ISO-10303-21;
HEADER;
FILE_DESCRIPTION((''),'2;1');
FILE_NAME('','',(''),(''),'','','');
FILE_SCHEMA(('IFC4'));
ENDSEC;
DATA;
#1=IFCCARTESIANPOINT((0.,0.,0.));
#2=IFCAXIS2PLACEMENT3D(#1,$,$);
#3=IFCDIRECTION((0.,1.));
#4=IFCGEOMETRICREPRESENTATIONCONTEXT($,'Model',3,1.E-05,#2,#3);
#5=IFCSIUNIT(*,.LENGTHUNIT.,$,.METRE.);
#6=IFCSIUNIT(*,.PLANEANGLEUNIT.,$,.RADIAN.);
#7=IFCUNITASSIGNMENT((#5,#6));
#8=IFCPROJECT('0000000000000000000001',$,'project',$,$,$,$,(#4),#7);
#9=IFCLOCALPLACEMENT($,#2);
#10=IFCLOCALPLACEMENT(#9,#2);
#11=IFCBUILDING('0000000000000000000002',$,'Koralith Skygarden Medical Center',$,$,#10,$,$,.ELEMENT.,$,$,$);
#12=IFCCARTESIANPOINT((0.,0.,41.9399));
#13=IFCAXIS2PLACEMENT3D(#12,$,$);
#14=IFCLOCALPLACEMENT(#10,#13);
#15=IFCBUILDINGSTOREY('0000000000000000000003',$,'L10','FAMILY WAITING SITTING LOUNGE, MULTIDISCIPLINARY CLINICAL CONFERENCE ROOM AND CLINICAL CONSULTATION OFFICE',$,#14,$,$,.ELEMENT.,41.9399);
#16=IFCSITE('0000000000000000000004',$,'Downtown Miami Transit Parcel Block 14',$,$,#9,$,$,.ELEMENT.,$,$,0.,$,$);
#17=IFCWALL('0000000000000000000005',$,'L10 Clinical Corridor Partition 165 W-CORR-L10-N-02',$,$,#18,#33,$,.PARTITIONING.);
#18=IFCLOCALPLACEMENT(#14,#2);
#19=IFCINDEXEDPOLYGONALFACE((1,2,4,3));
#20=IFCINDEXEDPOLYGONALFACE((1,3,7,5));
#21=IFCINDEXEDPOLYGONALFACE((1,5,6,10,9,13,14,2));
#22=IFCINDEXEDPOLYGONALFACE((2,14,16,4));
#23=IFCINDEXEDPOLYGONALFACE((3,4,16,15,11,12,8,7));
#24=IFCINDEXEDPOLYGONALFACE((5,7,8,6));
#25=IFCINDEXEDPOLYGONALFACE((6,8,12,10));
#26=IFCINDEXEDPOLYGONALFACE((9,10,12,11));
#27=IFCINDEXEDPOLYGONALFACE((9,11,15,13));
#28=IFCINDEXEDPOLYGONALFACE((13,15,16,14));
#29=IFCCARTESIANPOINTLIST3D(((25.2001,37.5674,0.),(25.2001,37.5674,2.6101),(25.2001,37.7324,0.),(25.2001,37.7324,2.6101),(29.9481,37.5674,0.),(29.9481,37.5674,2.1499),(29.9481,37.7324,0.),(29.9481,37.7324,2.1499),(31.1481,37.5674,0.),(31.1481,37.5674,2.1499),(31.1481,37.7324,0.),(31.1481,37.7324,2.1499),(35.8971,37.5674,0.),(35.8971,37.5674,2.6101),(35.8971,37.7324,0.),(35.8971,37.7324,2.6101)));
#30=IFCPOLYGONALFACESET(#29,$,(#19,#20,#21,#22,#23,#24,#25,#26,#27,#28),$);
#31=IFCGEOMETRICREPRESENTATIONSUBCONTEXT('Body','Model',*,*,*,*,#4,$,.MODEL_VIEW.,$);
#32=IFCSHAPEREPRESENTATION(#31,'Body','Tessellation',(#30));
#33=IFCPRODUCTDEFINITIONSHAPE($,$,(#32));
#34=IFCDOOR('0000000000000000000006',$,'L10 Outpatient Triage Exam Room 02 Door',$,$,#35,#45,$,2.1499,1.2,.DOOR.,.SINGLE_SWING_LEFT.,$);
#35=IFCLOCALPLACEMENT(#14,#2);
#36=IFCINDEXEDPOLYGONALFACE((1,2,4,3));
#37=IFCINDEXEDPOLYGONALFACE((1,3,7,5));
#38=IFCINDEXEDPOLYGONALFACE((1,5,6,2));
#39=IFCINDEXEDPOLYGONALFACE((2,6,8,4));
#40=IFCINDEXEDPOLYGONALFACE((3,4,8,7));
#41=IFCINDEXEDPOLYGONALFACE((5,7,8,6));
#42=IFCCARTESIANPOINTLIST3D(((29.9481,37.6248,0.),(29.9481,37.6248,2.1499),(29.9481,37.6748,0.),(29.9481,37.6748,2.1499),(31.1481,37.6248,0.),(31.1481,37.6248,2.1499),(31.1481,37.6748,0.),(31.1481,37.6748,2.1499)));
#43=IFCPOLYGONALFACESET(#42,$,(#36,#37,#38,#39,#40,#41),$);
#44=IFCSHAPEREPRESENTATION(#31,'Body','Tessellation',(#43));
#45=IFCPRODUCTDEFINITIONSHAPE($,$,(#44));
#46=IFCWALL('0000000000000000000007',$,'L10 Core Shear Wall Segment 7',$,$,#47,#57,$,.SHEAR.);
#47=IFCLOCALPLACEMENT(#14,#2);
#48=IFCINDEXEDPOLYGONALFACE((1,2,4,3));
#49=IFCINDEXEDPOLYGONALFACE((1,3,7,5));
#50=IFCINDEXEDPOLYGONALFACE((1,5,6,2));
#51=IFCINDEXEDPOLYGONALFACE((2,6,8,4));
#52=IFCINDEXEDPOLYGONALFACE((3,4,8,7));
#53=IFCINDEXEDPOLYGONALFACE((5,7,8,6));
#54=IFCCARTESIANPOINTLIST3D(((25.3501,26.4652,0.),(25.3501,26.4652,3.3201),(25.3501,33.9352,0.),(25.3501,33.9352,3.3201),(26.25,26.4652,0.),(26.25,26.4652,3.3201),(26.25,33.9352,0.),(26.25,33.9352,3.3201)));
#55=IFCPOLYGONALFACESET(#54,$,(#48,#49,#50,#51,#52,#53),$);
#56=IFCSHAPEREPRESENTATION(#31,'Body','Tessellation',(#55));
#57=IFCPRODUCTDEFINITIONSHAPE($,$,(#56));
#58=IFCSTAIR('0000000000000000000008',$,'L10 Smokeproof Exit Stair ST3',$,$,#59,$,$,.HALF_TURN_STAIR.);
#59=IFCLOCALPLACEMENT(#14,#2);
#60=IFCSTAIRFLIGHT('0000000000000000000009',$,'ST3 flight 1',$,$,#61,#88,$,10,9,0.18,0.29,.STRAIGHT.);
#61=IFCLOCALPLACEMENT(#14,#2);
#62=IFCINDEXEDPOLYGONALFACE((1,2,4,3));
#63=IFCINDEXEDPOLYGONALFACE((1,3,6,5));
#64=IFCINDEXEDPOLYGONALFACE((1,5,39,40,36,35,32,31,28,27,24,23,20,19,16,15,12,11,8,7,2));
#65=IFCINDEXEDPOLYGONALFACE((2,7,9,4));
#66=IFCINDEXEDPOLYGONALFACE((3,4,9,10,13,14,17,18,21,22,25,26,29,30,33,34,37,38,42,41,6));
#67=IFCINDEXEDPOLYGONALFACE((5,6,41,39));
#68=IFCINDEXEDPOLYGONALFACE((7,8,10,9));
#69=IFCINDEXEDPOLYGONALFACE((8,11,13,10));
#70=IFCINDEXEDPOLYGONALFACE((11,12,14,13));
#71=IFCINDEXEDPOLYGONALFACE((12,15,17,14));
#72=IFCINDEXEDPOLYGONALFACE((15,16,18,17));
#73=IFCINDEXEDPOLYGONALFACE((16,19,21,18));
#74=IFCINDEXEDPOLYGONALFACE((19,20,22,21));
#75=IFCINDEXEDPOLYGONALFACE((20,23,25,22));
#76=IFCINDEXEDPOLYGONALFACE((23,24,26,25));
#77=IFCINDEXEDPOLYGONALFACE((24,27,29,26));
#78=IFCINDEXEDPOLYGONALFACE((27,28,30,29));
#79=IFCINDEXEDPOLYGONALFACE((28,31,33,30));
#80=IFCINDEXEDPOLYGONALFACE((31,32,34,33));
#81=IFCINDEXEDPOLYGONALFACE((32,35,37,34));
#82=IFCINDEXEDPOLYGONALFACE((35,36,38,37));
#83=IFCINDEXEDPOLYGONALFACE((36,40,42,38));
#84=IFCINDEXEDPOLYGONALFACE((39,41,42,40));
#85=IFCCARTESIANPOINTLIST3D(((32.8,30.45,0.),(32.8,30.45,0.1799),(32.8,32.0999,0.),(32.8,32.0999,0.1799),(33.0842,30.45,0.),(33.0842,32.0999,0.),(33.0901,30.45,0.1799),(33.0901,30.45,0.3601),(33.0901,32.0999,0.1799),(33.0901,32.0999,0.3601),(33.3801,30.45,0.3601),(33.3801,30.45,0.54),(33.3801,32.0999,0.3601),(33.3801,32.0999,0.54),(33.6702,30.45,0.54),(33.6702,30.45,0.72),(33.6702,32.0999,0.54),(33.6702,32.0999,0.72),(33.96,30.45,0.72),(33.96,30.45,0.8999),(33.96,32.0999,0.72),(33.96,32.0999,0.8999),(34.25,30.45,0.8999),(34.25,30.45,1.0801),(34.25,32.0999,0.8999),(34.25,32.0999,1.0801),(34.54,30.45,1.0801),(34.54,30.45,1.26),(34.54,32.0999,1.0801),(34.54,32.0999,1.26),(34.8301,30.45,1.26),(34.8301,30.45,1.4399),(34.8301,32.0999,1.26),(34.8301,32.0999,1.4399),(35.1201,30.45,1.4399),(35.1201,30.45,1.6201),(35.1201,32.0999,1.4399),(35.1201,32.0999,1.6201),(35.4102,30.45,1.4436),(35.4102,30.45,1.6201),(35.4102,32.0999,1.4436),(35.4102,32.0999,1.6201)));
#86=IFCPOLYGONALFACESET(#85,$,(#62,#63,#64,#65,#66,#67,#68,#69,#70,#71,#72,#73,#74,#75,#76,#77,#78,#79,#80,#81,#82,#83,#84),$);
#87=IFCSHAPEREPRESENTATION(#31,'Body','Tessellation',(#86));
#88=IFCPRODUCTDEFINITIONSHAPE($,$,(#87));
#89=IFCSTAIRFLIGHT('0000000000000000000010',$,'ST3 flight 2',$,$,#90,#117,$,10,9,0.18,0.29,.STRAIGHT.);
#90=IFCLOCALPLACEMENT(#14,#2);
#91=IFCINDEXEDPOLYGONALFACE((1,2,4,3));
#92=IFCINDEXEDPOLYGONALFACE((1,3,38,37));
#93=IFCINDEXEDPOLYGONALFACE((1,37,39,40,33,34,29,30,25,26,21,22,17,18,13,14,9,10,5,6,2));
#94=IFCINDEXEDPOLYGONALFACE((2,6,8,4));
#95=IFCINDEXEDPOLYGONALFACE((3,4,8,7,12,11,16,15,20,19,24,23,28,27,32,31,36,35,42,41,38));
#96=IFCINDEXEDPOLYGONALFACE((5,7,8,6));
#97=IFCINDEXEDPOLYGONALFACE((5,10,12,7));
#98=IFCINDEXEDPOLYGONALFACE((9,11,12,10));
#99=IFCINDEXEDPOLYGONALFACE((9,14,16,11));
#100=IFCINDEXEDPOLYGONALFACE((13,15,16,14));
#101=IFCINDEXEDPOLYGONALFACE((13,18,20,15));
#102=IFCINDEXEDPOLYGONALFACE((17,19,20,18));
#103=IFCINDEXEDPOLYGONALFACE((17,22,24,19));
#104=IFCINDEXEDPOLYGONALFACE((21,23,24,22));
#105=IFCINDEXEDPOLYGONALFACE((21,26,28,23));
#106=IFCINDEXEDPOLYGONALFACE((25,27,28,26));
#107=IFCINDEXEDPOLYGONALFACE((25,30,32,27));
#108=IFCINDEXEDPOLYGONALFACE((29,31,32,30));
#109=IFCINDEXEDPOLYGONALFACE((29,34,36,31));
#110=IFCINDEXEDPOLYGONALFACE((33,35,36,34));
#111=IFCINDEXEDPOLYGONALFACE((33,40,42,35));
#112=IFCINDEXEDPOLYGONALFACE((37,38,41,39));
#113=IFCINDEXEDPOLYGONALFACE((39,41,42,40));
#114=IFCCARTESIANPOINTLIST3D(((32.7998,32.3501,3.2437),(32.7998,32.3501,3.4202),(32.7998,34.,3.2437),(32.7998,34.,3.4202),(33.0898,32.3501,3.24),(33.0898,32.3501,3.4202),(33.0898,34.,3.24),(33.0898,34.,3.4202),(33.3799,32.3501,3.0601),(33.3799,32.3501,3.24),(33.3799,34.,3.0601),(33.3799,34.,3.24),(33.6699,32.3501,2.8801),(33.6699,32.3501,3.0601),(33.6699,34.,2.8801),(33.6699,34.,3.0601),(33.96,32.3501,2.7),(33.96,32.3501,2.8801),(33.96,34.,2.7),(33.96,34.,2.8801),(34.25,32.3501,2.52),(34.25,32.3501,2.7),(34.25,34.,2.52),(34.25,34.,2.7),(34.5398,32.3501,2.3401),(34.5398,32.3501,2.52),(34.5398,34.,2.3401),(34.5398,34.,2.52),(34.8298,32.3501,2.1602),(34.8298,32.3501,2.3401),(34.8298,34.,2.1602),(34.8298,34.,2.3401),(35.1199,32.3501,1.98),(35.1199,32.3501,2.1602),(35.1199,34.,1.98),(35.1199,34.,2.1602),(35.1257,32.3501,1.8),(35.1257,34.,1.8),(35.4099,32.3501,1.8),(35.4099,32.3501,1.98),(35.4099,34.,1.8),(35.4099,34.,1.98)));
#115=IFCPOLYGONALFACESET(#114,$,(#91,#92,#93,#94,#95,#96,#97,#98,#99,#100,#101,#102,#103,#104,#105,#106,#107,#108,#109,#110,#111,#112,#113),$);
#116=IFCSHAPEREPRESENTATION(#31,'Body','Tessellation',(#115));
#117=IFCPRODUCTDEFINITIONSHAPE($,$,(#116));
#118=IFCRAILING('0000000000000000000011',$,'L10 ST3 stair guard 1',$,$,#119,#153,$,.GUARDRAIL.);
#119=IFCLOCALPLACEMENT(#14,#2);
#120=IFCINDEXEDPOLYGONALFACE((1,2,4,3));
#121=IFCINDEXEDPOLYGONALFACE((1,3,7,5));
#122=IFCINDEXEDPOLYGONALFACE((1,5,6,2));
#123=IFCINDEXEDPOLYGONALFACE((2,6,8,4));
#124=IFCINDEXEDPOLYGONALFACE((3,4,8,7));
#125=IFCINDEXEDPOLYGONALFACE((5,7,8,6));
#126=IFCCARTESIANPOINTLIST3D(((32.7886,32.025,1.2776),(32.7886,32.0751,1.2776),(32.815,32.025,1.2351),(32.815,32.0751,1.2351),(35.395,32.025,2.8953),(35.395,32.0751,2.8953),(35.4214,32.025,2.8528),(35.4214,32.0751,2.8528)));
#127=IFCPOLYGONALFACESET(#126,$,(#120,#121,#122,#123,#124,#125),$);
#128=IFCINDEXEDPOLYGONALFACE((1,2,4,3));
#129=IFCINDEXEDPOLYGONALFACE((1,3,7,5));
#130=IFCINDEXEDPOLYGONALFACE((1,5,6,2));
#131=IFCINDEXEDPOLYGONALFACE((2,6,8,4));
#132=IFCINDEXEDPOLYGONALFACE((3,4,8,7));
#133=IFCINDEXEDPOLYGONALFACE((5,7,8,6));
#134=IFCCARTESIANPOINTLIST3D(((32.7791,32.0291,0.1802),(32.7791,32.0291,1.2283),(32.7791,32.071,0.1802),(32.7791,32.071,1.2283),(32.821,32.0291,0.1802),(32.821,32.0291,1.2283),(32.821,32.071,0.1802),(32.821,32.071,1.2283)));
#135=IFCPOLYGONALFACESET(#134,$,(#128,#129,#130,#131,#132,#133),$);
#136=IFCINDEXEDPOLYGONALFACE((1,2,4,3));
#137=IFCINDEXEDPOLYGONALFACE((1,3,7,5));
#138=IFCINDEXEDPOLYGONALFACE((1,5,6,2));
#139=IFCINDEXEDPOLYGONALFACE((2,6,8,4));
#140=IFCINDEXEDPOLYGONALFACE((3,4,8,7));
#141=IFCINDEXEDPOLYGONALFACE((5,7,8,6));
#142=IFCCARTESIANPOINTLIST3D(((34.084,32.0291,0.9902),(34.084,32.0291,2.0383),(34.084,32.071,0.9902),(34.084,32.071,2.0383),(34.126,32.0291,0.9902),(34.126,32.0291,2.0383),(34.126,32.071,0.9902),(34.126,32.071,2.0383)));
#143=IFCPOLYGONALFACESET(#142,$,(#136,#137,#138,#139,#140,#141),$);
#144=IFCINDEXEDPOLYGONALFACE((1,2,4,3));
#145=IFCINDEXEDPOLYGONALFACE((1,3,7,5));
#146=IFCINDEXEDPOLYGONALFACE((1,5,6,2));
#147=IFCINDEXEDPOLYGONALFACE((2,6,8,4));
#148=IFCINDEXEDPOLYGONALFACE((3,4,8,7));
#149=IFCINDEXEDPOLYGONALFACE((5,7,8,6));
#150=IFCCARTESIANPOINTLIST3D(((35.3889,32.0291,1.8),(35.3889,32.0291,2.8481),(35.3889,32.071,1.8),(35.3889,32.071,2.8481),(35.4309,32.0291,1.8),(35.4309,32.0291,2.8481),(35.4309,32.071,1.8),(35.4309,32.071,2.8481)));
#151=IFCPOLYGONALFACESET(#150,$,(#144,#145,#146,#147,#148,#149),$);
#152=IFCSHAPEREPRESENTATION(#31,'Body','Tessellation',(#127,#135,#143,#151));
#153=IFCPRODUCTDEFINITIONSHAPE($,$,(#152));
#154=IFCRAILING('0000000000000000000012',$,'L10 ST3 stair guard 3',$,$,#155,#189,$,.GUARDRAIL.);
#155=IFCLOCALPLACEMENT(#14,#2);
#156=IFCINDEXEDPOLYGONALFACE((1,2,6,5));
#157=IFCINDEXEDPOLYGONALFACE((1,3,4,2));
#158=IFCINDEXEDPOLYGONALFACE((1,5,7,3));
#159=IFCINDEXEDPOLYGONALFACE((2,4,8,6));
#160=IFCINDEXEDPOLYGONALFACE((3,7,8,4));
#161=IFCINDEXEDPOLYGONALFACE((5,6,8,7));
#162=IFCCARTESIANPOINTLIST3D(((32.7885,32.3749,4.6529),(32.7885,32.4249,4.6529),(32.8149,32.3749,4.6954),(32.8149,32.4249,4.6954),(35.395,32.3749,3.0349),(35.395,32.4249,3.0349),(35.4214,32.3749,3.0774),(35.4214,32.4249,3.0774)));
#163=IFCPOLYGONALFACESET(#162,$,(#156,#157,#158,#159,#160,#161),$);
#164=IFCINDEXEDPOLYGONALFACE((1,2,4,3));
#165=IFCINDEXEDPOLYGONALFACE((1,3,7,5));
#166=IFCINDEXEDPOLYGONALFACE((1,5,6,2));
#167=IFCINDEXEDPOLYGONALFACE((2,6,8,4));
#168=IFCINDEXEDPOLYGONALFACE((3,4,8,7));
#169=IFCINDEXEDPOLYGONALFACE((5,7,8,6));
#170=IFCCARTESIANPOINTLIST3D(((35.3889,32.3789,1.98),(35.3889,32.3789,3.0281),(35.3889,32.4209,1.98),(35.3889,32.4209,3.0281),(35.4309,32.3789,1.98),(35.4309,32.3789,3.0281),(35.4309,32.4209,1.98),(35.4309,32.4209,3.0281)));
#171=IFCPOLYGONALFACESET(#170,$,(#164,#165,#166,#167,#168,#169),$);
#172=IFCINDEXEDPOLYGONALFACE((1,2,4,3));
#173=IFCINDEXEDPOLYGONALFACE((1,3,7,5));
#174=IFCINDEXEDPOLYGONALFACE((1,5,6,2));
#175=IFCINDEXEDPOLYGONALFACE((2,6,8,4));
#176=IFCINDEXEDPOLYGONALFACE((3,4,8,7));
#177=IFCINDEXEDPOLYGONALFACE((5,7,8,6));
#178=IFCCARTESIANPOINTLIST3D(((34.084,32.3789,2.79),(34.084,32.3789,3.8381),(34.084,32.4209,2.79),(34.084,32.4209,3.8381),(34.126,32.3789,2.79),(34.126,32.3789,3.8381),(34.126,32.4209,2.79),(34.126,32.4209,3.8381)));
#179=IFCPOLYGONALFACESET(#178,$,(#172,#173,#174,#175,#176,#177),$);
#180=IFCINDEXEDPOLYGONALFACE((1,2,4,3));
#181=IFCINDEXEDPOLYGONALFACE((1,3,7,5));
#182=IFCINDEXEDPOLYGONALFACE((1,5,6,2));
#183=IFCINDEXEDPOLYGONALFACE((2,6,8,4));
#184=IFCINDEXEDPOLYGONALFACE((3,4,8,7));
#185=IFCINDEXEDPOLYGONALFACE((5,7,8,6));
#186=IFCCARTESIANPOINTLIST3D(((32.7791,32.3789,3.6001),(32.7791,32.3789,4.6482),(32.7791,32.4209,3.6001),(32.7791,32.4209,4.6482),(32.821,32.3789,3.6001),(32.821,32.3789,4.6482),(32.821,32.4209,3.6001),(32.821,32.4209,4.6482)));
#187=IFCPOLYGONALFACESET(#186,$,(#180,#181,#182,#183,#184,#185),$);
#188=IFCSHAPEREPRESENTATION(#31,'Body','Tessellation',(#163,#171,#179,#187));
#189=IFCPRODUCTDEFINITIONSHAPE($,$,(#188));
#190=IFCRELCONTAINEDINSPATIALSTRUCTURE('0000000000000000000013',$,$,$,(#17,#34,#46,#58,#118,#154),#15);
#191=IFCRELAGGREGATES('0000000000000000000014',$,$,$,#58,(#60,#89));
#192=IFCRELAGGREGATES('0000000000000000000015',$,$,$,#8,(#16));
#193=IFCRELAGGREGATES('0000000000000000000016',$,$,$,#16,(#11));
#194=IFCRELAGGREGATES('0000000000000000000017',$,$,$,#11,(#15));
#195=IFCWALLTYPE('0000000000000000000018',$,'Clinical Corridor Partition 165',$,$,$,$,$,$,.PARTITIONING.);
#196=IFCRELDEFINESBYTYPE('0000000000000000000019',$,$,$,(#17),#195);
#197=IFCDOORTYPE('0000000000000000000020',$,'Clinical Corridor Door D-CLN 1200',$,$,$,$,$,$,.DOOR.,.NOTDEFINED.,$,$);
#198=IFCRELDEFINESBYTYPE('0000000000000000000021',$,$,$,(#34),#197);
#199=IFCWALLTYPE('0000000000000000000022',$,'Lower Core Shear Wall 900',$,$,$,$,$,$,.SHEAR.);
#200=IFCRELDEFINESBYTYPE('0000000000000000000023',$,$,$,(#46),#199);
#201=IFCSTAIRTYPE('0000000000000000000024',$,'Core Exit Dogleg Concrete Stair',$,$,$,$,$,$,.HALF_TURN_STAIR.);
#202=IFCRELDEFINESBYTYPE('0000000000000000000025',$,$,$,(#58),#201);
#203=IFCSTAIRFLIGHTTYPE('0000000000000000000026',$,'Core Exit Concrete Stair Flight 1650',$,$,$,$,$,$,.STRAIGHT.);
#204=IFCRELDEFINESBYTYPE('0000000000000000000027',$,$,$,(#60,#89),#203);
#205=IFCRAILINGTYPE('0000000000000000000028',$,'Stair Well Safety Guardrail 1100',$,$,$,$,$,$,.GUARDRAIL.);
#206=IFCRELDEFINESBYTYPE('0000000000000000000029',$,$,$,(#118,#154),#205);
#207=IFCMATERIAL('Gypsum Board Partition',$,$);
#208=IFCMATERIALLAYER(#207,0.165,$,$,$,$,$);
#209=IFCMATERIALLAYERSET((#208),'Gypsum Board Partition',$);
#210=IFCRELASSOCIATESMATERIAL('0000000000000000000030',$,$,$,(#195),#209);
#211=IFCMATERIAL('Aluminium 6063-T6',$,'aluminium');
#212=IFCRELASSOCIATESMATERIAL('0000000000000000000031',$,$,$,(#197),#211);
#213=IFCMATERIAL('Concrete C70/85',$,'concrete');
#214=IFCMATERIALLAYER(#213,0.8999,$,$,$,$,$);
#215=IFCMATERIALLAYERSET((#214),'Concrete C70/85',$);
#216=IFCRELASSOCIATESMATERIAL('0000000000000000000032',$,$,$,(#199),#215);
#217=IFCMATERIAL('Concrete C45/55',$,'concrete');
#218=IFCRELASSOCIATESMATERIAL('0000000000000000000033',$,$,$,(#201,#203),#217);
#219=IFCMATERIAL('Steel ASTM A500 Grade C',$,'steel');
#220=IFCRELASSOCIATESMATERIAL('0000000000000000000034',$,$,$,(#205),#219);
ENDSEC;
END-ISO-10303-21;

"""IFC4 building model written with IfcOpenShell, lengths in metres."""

from ifc_helpers import new_model, si_unit, direction, frame, frame_2d, origin, origin_2d, place, context, subcontext, project, spatial, polyline, rectangle, outline, extrude, material, layer, layer_set, type_object, element, fill, aggregate, save


model = new_model("IFC4")

# Units and contexts
model_context = context("Model", 3, precision=1e-05, world=origin(), true_north=direction((0.0, 1.0)))
body_context = subcontext(model_context, "Body", "Model", "MODEL_VIEW")
ifc_project = project(units=[si_unit("LENGTHUNIT", "METRE"), si_unit("PLANEANGLEUNIT", "RADIAN")], contexts=[model_context])

# Site, building, storey
site_placement = place(None, origin())
site = spatial("IfcSite", under=ifc_project, at=site_placement, Name="Downtown Miami Transit Parcel Block 14", CompositionType="ELEMENT", RefElevation=0.0)
building_placement = place(site_placement, origin())
building = spatial("IfcBuilding", under=site, at=building_placement, Name="Koralith Skygarden Medical Center", CompositionType="ELEMENT")
storey_placement = place(building_placement, frame((0.0, 0.0, 41.9399)))
storey = spatial("IfcBuildingStorey", under=building, at=storey_placement, Name="L10", Description="FAMILY WAITING SITTING LOUNGE, MULTIDISCIPLINARY CLINICAL CONFERENCE ROOM AND CLINICAL CONSULTATION OFFICE", CompositionType="ELEMENT", Elevation=41.9399)

# Shared definitions
ifc_material_1 = material(Name="Concrete C70/85", Category="concrete")

# Shared definitions
ifc_material_2 = material(Name="Aluminium 6063-T6", Category="aluminium")

# Shared definitions
ifc_material_3 = material(Name="Concrete C45/55", Category="concrete")

# Shared definitions
ifc_material_4 = material(Name="Gypsum Board Partition")

# Wall, opening, door
ifc_layer_1 = layer(ifc_material_4, 0.165)
ifc_layer_set_1 = layer_set([ifc_layer_1], Name="Gypsum Board Partition")
wall_type_1 = type_object("IfcWallType", Name="Clinical Corridor Partition 165", PredefinedType="PARTITIONING", material=ifc_layer_set_1)
wall_1_placement = place(storey_placement, frame((25.2, 37.6499, 0.0), z_axis=(0.0, 0.0, 1.0), x_axis=(1.0, 0.0, 0.0)))
wall_1 = element("IfcWall", 1, at=wall_1_placement, inside=storey, type_object=wall_type_1, Name="L10 Clinical Corridor Partition 165 W-CORR-L10-N-02", PredefinedType="PARTITIONING", context=body_context, shape_type="SweptSolid", body=[
    extrude(rectangle(XDim=10.697, YDim=0.165, at=frame_2d((5.3486, 0.0))), origin(), (0.0, 0.0, 1.0), 2.6101),
])
opening_placement = place(wall_1_placement, frame((4.748, 0.0, 0.0)))
opening = element("IfcOpeningElement", 2, at=opening_placement, cuts=wall_1, PredefinedType="OPENING", context=body_context, shape_type="SweptSolid", body=[
    extrude(rectangle(XDim=1.2, YDim=2.1499, at=frame_2d((0.6001, 1.075))), frame((0.0, 0.0925, 0.0), z_axis=(0.0, -1.0, 0.0), x_axis=(1.0, 0.0, 0.0)), (0.0, 0.0, 1.0), 0.1851),
])
door_type = type_object("IfcDoorType", Name="Clinical Corridor Door D-CLN 1200", OperationType="NOTDEFINED", PredefinedType="DOOR", material=ifc_material_2)
door_placement = place(opening_placement, origin())
door = element("IfcDoor", 3, at=door_placement, inside=storey, type_object=door_type, Name="L10 Outpatient Triage Exam Room 02 Door", OperationType="SINGLE_SWING_LEFT", OverallHeight=2.1499, OverallWidth=1.2, PredefinedType="DOOR", context=body_context, shape_type="SweptSolid", body=[
    extrude(rectangle(XDim=1.2, YDim=2.1499, at=frame_2d((0.6001, 1.075))), frame((0.0, 0.0249, 0.0), z_axis=(0.0, -1.0, 0.0), x_axis=(1.0, 0.0, 0.0)), (0.0, 0.0, 1.0), 0.05),
])
fill(opening, door)

# Wall
ifc_layer_2 = layer(ifc_material_1, 0.8999)
ifc_layer_set_2 = layer_set([ifc_layer_2], Name="Concrete C70/85")
wall_type_2 = type_object("IfcWallType", Name="Lower Core Shear Wall 900", PredefinedType="SHEAR", material=ifc_layer_set_2)
wall_2_placement = place(storey_placement, frame((25.8, 33.9351, 0.0), z_axis=(0.0, 0.0, 1.0), x_axis=(0.0, -1.0, 0.0)))
element("IfcWall", 4, at=wall_2_placement, inside=storey, type_object=wall_type_2, Name="L10 Core Shear Wall Segment 7", PredefinedType="SHEAR", context=body_context, shape_type="SweptSolid", body=[
    extrude(rectangle(XDim=7.47, YDim=0.8999, at=frame_2d((3.7349, 0.0))), origin(), (0.0, 0.0, 1.0), 3.3201),
])

# Stair, stair flights
stair_type = type_object("IfcStairType", Name="Core Exit Dogleg Concrete Stair", PredefinedType="HALF_TURN_STAIR", material=ifc_material_3)
stair_placement = place(storey_placement, origin())
stair = element("IfcStair", 5, at=stair_placement, inside=storey, type_object=stair_type, Name="L10 Smokeproof Exit Stair ST3", PredefinedType="HALF_TURN_STAIR")
stair_flight_type = type_object("IfcStairFlightType", Name="Core Exit Concrete Stair Flight 1650", PredefinedType="STRAIGHT", material=ifc_material_3)
stair_flight_1_placement = place(storey_placement, frame((32.8, 31.2749, 0.0), z_axis=(0.0, 0.0, 1.0), x_axis=(1.0, 0.0, 0.0)))
stair_flight_1 = element("IfcStairFlight", 6, at=stair_flight_1_placement, type_object=stair_flight_type, Name="ST3 flight 1", NumberOfRisers=10, NumberOfTreads=9, PredefinedType="STRAIGHT", RiserHeight=0.18, TreadLength=0.29, context=body_context, shape_type="SweptSolid", body=[
    extrude(outline(polyline([(0.0, 0.0), (0.0, 0.1799), (0.29, 0.1799), (0.29, 0.3601), (0.5801, 0.3601), (0.5801, 0.54), (0.8701, 0.54), (0.8701, 0.72), (1.1599, 0.72), (1.1599, 0.8999), (1.45, 0.8999), (1.45, 1.0801), (1.74, 1.0801), (1.74, 1.26), (2.03, 1.26), (2.03, 1.4399), (2.3201, 1.4399), (2.3201, 1.6201), (2.6101, 1.6201), (2.6101, 1.8), (2.6101, 1.4436), (0.2842, 0.0), (0.0, 0.0)])), frame((0.0, 0.825, 0.0), z_axis=(0.0, -1.0, 0.0), x_axis=(1.0, 0.0, 0.0)), (0.0, 0.0, 1.0), 1.6499),
])
stair_flight_2_placement = place(storey_placement, frame((35.4099, 33.175, 1.8), z_axis=(0.0, 0.0, 1.0), x_axis=(-1.0, 0.0, 0.0)))
stair_flight_2 = element("IfcStairFlight", 7, at=stair_flight_2_placement, type_object=stair_flight_type, Name="ST3 flight 2", NumberOfRisers=10, NumberOfTreads=9, PredefinedType="STRAIGHT", RiserHeight=0.18, TreadLength=0.29, context=body_context, shape_type="SweptSolid", body=[
    extrude(outline(polyline([(0.0, 0.0), (0.0, 0.1799), (0.29, 0.1799), (0.29, 0.3601), (0.5801, 0.3601), (0.5801, 0.54), (0.8701, 0.54), (0.8701, 0.72), (1.1599, 0.72), (1.1599, 0.8999), (1.45, 0.8999), (1.45, 1.0801), (1.74, 1.0801), (1.74, 1.26), (2.03, 1.26), (2.03, 1.4399), (2.3201, 1.4399), (2.3201, 1.6201), (2.6101, 1.6201), (2.6101, 1.8), (2.6101, 1.4436), (0.2842, 0.0), (0.0, 0.0)])), frame((0.0, 0.825, 0.0), z_axis=(0.0, -1.0, 0.0), x_axis=(1.0, 0.0, 0.0)), (0.0, 0.0, 1.0), 1.6499),
])
aggregate(stair, [stair_flight_1, stair_flight_2])

# Railings
ifc_material_5 = material(Name="Steel ASTM A500 Grade C", Category="steel")
railing_type = type_object("IfcRailingType", Name="Stair Well Safety Guardrail 1100", PredefinedType="GUARDRAIL", material=ifc_material_5)
railing_1_placement = place(storey_placement, frame((32.8, 32.05, 0.1802)))
element("IfcRailing", 8, at=railing_1_placement, inside=storey, type_object=railing_type, Name="L10 ST3 stair guard 1", PredefinedType="GUARDRAIL", context=body_context, shape_type="SweptSolid", body=[
    extrude(rectangle(XDim=0.05, YDim=0.05, at=origin_2d()), frame((0.0017, 0.0, 1.0762), z_axis=(0.849646, 0.0, 0.527353), x_axis=(0.0, 1.0, 0.0)), (0.0, 0.0, 1.0), 3.0676),
    extrude(rectangle(XDim=0.042, YDim=0.042, at=origin_2d()), origin(), (0.0, 0.0, 1.0), 1.0481),
    extrude(rectangle(XDim=0.042, YDim=0.042, at=origin_2d()), frame((1.3049, 0.0, 0.8101)), (0.0, 0.0, 1.0), 1.0481),
    extrude(rectangle(XDim=0.042, YDim=0.042, at=origin_2d()), frame((2.6099, 0.0, 1.6199)), (0.0, 0.0, 1.0), 1.0481),
])
railing_2_placement = place(storey_placement, frame((35.4099, 32.3999, 1.98)))
element("IfcRailing", 9, at=railing_2_placement, inside=storey, type_object=railing_type, Name="L10 ST3 stair guard 3", PredefinedType="GUARDRAIL", context=body_context, shape_type="SweptSolid", body=[
    extrude(rectangle(XDim=0.05, YDim=0.05, at=origin_2d()), frame((-0.0017, 0.0, 1.0762), z_axis=(-0.849611, 0.0, 0.52741), x_axis=(0.0, -1.0, 0.0)), (0.0, 0.0, 1.0), 3.0679),
    extrude(rectangle(XDim=0.042, YDim=0.042, at=origin_2d()), origin(), (0.0, 0.0, 1.0), 1.0481),
    extrude(rectangle(XDim=0.042, YDim=0.042, at=origin_2d()), frame((-1.3049, 0.0, 0.8101)), (0.0, 0.0, 1.0), 1.0481),
    extrude(rectangle(XDim=0.042, YDim=0.042, at=origin_2d()), frame((-2.6099, 0.0, 1.6201)), (0.0, 0.0, 1.0), 1.0481),
])

save(model, "model.ifc")
